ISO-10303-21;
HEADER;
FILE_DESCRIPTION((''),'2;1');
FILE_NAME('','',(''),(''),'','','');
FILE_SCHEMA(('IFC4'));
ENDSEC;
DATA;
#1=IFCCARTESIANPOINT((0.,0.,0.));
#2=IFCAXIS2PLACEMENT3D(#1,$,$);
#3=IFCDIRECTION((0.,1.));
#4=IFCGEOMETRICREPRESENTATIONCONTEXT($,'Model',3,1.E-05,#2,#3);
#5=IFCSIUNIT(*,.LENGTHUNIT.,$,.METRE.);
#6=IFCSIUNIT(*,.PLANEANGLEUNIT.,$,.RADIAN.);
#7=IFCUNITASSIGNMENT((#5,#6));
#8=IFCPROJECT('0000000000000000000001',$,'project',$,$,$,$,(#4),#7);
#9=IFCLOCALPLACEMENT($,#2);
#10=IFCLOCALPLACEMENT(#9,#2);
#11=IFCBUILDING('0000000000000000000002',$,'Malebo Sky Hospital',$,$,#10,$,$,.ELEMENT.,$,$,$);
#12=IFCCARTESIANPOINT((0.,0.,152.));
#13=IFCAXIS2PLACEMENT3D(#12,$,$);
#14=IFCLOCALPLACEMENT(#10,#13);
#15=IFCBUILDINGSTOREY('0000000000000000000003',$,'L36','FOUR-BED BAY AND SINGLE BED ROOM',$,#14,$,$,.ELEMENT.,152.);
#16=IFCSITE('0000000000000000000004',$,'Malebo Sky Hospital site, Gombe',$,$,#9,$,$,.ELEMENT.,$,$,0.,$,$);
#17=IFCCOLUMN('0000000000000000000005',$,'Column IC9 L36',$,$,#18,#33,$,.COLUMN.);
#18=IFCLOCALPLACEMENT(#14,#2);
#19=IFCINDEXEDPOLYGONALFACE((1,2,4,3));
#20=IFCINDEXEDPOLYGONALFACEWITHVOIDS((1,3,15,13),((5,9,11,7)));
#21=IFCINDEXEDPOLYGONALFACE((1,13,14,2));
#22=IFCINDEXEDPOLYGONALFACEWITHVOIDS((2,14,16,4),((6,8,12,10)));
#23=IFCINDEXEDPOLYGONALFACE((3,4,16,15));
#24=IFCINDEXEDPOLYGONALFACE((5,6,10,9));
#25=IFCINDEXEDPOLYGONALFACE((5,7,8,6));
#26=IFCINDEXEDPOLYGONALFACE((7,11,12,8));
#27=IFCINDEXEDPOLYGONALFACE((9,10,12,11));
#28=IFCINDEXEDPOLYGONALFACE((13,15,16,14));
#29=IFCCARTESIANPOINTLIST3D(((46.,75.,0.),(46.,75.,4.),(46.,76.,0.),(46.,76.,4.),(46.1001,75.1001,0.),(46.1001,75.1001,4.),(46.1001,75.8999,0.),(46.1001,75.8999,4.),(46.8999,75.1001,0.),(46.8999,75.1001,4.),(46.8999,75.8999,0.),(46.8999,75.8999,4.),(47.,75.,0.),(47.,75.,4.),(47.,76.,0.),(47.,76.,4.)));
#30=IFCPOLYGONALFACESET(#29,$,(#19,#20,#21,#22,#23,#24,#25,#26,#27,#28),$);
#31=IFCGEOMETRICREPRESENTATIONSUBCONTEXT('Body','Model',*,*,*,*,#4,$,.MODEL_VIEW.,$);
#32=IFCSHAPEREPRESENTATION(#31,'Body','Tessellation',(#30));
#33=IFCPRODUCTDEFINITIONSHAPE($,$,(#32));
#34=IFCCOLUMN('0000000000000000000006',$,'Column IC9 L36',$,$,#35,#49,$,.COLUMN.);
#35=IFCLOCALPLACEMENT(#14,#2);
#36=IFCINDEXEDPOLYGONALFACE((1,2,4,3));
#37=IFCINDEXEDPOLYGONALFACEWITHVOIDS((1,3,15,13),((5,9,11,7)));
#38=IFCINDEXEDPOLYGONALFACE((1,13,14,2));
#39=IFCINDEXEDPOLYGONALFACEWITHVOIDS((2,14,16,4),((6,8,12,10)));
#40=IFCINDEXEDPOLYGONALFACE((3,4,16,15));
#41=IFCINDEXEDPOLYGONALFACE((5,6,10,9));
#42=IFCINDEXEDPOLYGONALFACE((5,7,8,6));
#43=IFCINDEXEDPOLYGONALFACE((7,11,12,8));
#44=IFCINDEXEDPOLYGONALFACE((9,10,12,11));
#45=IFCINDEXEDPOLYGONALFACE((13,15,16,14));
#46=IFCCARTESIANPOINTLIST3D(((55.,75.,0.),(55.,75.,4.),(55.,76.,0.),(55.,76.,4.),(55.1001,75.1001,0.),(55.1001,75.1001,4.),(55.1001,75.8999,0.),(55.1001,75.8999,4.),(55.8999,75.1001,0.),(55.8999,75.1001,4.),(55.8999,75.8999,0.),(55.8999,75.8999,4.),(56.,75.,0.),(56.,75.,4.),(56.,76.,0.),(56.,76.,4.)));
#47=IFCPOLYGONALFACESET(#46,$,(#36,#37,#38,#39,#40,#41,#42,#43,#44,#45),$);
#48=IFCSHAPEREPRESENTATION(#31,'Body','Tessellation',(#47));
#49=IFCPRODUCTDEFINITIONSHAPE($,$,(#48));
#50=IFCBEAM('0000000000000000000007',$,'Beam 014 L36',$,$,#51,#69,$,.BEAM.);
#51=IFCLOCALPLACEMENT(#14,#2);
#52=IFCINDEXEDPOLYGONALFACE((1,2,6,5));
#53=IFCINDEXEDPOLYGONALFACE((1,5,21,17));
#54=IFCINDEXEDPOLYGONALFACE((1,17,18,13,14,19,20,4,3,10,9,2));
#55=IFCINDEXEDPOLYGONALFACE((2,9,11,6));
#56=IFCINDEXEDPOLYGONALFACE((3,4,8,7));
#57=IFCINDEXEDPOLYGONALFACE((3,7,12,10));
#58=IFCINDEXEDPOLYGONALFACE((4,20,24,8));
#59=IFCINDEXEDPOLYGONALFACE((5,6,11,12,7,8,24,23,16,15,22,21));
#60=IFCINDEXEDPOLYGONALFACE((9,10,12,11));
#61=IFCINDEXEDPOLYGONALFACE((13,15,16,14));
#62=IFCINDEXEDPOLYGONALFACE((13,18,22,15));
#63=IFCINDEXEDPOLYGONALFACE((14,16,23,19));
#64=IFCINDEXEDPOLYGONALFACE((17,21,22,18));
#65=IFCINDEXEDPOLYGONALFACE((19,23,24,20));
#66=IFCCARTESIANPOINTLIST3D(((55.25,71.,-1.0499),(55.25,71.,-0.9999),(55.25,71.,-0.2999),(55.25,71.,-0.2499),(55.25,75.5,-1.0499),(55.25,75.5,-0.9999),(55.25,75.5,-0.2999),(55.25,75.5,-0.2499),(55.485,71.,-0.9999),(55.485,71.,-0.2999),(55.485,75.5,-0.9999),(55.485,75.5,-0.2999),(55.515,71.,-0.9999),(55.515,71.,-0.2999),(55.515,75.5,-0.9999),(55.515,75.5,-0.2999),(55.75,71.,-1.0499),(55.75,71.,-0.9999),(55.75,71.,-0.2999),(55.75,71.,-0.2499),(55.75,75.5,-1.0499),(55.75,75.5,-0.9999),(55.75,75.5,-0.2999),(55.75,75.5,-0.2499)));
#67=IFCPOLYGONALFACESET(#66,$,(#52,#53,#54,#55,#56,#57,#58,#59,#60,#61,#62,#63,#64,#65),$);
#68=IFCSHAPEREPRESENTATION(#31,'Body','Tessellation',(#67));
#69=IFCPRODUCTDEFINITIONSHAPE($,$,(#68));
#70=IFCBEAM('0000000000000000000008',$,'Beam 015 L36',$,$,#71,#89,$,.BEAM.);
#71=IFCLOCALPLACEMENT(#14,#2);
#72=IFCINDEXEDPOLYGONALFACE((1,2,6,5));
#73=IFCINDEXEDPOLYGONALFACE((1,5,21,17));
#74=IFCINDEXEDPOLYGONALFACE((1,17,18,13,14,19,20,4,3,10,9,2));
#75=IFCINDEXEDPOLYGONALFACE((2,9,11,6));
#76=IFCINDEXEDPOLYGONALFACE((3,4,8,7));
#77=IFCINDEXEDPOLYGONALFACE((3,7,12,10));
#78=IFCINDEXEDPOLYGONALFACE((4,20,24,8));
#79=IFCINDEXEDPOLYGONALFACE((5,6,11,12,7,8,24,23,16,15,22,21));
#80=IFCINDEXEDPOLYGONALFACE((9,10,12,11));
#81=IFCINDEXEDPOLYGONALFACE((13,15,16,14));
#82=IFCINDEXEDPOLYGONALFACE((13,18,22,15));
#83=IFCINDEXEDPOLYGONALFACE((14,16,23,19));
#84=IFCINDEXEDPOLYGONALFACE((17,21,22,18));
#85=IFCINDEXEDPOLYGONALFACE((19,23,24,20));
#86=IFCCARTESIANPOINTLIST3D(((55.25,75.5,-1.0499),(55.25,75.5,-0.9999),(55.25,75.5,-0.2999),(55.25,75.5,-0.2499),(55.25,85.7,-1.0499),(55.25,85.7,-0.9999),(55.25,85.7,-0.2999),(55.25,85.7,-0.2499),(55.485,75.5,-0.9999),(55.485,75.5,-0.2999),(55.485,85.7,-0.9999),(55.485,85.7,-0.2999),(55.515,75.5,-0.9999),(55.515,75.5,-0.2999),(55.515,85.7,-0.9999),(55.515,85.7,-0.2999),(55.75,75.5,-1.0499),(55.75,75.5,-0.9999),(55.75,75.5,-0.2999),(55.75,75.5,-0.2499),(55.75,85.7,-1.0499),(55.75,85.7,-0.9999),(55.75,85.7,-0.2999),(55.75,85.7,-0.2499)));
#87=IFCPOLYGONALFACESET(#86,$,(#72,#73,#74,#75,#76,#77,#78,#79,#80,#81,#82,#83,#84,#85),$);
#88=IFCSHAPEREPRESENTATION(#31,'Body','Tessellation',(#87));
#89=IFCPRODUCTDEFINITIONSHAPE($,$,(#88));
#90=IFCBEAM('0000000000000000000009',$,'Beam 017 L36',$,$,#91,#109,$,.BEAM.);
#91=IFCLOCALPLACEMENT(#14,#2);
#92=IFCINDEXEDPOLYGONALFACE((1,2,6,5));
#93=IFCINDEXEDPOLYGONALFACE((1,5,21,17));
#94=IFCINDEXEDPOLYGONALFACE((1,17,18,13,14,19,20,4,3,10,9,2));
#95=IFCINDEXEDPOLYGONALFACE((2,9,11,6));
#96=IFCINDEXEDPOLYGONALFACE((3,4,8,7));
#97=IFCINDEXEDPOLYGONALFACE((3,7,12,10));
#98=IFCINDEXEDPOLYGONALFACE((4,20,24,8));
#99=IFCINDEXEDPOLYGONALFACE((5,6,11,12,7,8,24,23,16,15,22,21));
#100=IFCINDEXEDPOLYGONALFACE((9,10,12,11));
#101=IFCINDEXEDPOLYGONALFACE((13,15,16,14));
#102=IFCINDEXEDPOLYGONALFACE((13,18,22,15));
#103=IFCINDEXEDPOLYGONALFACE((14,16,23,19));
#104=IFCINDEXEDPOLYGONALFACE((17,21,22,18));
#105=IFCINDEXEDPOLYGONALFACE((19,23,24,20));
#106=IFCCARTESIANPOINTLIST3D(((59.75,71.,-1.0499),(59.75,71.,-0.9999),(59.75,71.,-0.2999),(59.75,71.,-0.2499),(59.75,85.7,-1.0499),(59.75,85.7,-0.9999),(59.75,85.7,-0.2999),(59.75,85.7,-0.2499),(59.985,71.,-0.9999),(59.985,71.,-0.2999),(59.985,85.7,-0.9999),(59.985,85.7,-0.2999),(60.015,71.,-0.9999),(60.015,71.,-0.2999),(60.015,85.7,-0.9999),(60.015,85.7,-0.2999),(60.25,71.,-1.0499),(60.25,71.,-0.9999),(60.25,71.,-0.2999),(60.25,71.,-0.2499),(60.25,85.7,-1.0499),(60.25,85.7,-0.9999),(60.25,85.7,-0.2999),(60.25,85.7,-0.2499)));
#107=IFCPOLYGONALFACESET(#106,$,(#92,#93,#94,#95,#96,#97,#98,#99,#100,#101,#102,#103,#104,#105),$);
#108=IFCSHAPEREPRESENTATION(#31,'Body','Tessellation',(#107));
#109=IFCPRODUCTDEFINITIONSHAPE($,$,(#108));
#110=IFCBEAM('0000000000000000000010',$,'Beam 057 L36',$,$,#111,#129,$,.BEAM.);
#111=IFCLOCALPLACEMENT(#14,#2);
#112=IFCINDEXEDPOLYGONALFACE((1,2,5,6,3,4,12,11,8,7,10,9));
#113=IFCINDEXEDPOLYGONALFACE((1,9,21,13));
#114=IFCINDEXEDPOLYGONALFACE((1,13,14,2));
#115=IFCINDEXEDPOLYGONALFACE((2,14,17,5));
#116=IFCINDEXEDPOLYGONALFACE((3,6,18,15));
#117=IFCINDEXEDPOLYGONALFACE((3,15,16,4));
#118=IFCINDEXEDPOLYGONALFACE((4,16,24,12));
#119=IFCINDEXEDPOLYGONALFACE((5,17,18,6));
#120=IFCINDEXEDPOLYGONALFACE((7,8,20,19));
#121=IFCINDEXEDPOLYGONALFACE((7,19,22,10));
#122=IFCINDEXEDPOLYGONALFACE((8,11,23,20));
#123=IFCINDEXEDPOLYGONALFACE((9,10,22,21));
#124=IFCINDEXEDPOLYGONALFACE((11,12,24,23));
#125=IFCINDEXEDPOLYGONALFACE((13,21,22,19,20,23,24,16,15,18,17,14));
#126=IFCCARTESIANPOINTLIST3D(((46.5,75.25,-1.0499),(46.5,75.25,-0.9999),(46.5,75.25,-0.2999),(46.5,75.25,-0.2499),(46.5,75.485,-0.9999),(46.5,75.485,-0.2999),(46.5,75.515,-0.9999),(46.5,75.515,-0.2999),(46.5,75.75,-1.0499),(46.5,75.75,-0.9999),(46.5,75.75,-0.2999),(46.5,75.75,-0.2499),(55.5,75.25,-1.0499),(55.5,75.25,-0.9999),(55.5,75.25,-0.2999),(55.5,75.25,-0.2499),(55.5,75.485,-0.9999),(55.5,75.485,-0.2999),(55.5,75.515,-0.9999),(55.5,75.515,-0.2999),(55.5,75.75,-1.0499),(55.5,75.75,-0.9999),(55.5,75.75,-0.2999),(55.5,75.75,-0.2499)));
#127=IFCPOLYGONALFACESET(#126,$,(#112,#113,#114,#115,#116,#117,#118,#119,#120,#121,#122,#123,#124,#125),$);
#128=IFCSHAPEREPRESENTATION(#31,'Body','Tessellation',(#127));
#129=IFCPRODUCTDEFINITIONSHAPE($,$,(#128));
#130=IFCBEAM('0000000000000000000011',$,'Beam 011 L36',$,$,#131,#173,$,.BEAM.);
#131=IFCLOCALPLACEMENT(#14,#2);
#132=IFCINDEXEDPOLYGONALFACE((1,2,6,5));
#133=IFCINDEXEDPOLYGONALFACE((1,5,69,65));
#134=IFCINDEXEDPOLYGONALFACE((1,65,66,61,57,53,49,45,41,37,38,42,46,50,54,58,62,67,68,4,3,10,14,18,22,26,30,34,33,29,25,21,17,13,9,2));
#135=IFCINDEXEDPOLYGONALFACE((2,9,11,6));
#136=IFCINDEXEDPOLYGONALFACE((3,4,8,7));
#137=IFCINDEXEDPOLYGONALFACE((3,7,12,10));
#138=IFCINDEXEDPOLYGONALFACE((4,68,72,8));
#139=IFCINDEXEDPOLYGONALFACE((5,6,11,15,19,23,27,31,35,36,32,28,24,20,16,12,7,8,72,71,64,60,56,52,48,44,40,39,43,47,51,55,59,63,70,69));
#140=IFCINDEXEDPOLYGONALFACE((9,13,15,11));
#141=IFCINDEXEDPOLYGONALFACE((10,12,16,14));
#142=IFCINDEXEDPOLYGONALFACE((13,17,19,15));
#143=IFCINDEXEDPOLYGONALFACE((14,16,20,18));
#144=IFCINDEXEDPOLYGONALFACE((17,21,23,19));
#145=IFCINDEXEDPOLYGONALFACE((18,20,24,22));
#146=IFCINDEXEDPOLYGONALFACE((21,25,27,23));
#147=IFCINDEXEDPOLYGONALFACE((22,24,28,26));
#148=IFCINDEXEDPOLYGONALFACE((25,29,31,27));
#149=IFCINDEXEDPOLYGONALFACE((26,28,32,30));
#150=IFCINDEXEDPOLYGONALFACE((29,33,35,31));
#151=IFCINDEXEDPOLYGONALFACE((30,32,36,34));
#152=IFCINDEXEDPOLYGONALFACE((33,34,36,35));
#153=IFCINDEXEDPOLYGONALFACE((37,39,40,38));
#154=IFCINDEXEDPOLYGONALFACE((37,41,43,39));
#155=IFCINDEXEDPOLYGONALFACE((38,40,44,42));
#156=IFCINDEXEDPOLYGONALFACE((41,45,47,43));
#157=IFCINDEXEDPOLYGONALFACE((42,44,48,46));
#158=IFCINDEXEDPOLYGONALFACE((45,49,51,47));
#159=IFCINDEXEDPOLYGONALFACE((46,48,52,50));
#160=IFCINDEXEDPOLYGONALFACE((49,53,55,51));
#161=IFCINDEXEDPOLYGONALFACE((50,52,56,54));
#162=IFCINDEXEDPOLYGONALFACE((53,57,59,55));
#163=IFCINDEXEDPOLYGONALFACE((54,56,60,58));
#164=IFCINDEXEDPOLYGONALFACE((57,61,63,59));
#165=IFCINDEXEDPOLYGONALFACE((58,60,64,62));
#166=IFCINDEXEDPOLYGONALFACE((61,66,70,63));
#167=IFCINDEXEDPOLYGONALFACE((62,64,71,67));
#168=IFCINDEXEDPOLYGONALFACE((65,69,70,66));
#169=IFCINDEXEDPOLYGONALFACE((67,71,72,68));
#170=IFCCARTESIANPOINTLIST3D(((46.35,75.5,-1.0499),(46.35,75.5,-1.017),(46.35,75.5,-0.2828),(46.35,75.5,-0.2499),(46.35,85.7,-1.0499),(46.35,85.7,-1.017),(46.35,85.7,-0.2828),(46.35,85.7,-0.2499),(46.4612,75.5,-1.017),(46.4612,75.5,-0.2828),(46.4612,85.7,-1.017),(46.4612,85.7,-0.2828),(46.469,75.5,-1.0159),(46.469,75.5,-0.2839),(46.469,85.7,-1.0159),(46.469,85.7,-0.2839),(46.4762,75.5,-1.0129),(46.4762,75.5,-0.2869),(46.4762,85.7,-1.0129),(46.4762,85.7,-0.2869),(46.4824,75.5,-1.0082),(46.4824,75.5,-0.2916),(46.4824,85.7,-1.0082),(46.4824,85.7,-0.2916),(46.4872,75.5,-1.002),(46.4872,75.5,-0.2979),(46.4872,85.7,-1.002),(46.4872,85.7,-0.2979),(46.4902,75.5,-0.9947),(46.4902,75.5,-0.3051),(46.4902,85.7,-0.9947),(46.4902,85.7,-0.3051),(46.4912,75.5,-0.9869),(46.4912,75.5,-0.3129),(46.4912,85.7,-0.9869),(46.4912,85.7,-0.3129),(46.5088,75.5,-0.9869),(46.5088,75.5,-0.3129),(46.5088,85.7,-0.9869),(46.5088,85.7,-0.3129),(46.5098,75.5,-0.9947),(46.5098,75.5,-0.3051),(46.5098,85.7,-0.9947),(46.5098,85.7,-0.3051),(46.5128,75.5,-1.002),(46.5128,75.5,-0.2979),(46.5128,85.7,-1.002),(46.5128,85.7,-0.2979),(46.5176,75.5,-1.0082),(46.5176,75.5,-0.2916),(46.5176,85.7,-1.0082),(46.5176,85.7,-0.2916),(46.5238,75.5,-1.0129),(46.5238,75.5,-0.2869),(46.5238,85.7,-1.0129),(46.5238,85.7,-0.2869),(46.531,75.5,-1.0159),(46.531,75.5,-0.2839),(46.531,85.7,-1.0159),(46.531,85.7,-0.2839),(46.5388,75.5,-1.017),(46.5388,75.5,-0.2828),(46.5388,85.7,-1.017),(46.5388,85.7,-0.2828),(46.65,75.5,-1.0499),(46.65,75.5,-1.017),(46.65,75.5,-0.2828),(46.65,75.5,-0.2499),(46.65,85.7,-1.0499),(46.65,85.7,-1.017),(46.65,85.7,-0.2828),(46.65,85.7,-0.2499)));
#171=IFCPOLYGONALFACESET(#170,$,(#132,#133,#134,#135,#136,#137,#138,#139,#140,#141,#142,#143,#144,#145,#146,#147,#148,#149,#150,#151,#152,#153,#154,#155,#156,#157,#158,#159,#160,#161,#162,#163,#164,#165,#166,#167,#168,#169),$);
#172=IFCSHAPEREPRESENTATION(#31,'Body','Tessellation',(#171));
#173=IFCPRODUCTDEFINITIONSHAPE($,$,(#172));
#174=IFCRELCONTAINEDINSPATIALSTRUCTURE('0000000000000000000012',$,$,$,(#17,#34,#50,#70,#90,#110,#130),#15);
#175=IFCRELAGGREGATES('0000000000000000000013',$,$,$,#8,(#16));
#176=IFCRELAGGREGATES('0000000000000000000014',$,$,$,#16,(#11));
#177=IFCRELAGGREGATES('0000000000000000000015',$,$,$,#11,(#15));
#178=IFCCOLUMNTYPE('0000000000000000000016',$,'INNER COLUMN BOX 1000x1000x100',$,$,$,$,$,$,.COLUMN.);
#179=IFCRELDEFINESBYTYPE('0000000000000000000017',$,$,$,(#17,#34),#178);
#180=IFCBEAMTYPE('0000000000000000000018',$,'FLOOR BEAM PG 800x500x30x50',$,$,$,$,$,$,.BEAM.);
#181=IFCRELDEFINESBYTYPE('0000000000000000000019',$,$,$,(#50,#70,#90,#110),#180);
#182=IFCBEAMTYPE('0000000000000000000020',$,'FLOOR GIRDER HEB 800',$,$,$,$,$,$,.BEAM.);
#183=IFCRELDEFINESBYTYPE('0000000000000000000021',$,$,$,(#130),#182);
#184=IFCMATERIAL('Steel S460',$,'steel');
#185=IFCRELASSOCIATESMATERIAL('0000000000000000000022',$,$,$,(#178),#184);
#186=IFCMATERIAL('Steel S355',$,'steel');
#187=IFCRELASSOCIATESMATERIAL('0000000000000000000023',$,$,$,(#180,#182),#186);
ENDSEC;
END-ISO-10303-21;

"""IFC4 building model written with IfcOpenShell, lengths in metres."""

from ifc_helpers import new_model, si_unit, direction, frame, origin, origin_2d, place, context, subcontext, project, spatial, hollow_rectangle, i_section, extrude, material, material_profile, profile_set, type_object, element, save


model = new_model("IFC4")

# Units and contexts
model_context = context("Model", 3, precision=1e-05, world=origin(), true_north=direction((0.0, 1.0)))
body_context = subcontext(model_context, "Body", "Model", "MODEL_VIEW")
ifc_project = project(units=[si_unit("LENGTHUNIT", "METRE"), si_unit("PLANEANGLEUNIT", "RADIAN")], contexts=[model_context])

# Site, building, storey
site_placement = place(None, origin())
site = spatial("IfcSite", under=ifc_project, at=site_placement, Name="Malebo Sky Hospital site, Gombe", CompositionType="ELEMENT", RefElevation=0.0)
building_placement = place(site_placement, origin())
building = spatial("IfcBuilding", under=site, at=building_placement, Name="Malebo Sky Hospital", CompositionType="ELEMENT")
storey_placement = place(building_placement, frame((0.0, 0.0, 152.0)))
storey = spatial("IfcBuildingStorey", under=building, at=storey_placement, Name="L36", Description="FOUR-BED BAY AND SINGLE BED ROOM", CompositionType="ELEMENT", Elevation=152.0)

# Columns
ifc_material_1 = material(Name="Steel S460", Category="steel")
ifc_material_profile_1 = material_profile(ifc_material_1, hollow_rectangle(XDim=1.0, YDim=1.0, WallThickness=0.1001, at=origin_2d()), Name="BOX 1000x1000x100")
ifc_profile_set_1 = profile_set([ifc_material_profile_1], Name="Steel S460")
column_type = type_object("IfcColumnType", Name="INNER COLUMN BOX 1000x1000x100", PredefinedType="COLUMN", material=ifc_profile_set_1)
for number, where, z_axis, x_axis, name in (
    (1, (46.5, 75.5, 0.0), (0.0, 0.0, 1.0), (1.0, 0.0, 0.0), "Column IC9 L36"),
    (2, (55.5, 75.5, 0.0), (0.0, 0.0, 1.0), (1.0, 0.0, 0.0), "Column IC9 L36"),
):
    element("IfcColumn", number, at=place(storey_placement, frame(where, z_axis=z_axis, x_axis=x_axis)), inside=storey, type_object=column_type, Name=name, PredefinedType="COLUMN", context=body_context, shape_type="SweptSolid", body=[
        extrude(hollow_rectangle(XDim=1.0, YDim=1.0, WallThickness=0.1001, at=origin_2d()), origin(), (0.0, 0.0, 1.0), 4.0),
    ])

# Beams
ifc_material_2 = material(Name="Steel S355", Category="steel")
ifc_material_profile_2 = material_profile(ifc_material_2, i_section(OverallWidth=0.5, OverallDepth=0.8, WebThickness=0.03, FlangeThickness=0.05, at=origin_2d()), Name="PG 800x500x30x50")
ifc_profile_set_2 = profile_set([ifc_material_profile_2], Name="Steel S355")
beam_type_1 = type_object("IfcBeamType", Name="FLOOR BEAM PG 800x500x30x50", PredefinedType="BEAM", material=ifc_profile_set_2)
beam_1_placement = place(storey_placement, frame((55.5, 71.0, -0.6499), z_axis=(0.0, 1.0, 0.0), x_axis=(-1.0, 0.0, 0.0)))
element("IfcBeam", 3, at=beam_1_placement, inside=storey, type_object=beam_type_1, Name="Beam 014 L36", PredefinedType="BEAM", context=body_context, shape_type="SweptSolid", body=[
    extrude(i_section(OverallWidth=0.5, OverallDepth=0.8, WebThickness=0.03, FlangeThickness=0.05, at=origin_2d()), origin(), (0.0, 0.0, 1.0), 4.5),
])
beam_2_placement = place(storey_placement, frame((55.5, 75.5, -0.6499), z_axis=(0.0, 1.0, 0.0), x_axis=(-1.0, 0.0, 0.0)))
element("IfcBeam", 4, at=beam_2_placement, inside=storey, type_object=beam_type_1, Name="Beam 015 L36", PredefinedType="BEAM", context=body_context, shape_type="SweptSolid", body=[
    extrude(i_section(OverallWidth=0.5, OverallDepth=0.8, WebThickness=0.03, FlangeThickness=0.05, at=origin_2d()), origin(), (0.0, 0.0, 1.0), 10.2),
])
beam_3_placement = place(storey_placement, frame((60.0, 71.0, -0.6499), z_axis=(0.0, 1.0, 0.0), x_axis=(-1.0, 0.0, 0.0)))
element("IfcBeam", 5, at=beam_3_placement, inside=storey, type_object=beam_type_1, Name="Beam 017 L36", PredefinedType="BEAM", context=body_context, shape_type="SweptSolid", body=[
    extrude(i_section(OverallWidth=0.5, OverallDepth=0.8, WebThickness=0.03, FlangeThickness=0.05, at=origin_2d()), origin(), (0.0, 0.0, 1.0), 14.7),
])
beam_4_placement = place(storey_placement, frame((46.5, 75.5, -0.6499), z_axis=(1.0, 0.0, 0.0), x_axis=(0.0, 1.0, 0.0)))
element("IfcBeam", 6, at=beam_4_placement, inside=storey, type_object=beam_type_1, Name="Beam 057 L36", PredefinedType="BEAM", context=body_context, shape_type="SweptSolid", body=[
    extrude(i_section(OverallWidth=0.5, OverallDepth=0.8, WebThickness=0.03, FlangeThickness=0.05, at=origin_2d()), origin(), (0.0, 0.0, 1.0), 9.0),
])
ifc_material_profile_3 = material_profile(ifc_material_2, i_section(OverallWidth=0.3, OverallDepth=0.8, WebThickness=0.0176, FlangeThickness=0.033, FilletRadius=0.03, at=origin_2d()), Name="HEB 800")
ifc_profile_set_3 = profile_set([ifc_material_profile_3], Name="Steel S355")
beam_type_2 = type_object("IfcBeamType", Name="FLOOR GIRDER HEB 800", PredefinedType="BEAM", material=ifc_profile_set_3)
beam_5_placement = place(storey_placement, frame((46.5, 75.5, -0.6499), z_axis=(0.0, 1.0, 0.0), x_axis=(-1.0, 0.0, 0.0)))
element("IfcBeam", 7, at=beam_5_placement, inside=storey, type_object=beam_type_2, Name="Beam 011 L36", PredefinedType="BEAM", context=body_context, shape_type="SweptSolid", body=[
    extrude(i_section(OverallWidth=0.3, OverallDepth=0.8, WebThickness=0.0176, FlangeThickness=0.033, FilletRadius=0.03, at=origin_2d()), origin(), (0.0, 0.0, 1.0), 10.2),
])

save(model, "model.ifc")
